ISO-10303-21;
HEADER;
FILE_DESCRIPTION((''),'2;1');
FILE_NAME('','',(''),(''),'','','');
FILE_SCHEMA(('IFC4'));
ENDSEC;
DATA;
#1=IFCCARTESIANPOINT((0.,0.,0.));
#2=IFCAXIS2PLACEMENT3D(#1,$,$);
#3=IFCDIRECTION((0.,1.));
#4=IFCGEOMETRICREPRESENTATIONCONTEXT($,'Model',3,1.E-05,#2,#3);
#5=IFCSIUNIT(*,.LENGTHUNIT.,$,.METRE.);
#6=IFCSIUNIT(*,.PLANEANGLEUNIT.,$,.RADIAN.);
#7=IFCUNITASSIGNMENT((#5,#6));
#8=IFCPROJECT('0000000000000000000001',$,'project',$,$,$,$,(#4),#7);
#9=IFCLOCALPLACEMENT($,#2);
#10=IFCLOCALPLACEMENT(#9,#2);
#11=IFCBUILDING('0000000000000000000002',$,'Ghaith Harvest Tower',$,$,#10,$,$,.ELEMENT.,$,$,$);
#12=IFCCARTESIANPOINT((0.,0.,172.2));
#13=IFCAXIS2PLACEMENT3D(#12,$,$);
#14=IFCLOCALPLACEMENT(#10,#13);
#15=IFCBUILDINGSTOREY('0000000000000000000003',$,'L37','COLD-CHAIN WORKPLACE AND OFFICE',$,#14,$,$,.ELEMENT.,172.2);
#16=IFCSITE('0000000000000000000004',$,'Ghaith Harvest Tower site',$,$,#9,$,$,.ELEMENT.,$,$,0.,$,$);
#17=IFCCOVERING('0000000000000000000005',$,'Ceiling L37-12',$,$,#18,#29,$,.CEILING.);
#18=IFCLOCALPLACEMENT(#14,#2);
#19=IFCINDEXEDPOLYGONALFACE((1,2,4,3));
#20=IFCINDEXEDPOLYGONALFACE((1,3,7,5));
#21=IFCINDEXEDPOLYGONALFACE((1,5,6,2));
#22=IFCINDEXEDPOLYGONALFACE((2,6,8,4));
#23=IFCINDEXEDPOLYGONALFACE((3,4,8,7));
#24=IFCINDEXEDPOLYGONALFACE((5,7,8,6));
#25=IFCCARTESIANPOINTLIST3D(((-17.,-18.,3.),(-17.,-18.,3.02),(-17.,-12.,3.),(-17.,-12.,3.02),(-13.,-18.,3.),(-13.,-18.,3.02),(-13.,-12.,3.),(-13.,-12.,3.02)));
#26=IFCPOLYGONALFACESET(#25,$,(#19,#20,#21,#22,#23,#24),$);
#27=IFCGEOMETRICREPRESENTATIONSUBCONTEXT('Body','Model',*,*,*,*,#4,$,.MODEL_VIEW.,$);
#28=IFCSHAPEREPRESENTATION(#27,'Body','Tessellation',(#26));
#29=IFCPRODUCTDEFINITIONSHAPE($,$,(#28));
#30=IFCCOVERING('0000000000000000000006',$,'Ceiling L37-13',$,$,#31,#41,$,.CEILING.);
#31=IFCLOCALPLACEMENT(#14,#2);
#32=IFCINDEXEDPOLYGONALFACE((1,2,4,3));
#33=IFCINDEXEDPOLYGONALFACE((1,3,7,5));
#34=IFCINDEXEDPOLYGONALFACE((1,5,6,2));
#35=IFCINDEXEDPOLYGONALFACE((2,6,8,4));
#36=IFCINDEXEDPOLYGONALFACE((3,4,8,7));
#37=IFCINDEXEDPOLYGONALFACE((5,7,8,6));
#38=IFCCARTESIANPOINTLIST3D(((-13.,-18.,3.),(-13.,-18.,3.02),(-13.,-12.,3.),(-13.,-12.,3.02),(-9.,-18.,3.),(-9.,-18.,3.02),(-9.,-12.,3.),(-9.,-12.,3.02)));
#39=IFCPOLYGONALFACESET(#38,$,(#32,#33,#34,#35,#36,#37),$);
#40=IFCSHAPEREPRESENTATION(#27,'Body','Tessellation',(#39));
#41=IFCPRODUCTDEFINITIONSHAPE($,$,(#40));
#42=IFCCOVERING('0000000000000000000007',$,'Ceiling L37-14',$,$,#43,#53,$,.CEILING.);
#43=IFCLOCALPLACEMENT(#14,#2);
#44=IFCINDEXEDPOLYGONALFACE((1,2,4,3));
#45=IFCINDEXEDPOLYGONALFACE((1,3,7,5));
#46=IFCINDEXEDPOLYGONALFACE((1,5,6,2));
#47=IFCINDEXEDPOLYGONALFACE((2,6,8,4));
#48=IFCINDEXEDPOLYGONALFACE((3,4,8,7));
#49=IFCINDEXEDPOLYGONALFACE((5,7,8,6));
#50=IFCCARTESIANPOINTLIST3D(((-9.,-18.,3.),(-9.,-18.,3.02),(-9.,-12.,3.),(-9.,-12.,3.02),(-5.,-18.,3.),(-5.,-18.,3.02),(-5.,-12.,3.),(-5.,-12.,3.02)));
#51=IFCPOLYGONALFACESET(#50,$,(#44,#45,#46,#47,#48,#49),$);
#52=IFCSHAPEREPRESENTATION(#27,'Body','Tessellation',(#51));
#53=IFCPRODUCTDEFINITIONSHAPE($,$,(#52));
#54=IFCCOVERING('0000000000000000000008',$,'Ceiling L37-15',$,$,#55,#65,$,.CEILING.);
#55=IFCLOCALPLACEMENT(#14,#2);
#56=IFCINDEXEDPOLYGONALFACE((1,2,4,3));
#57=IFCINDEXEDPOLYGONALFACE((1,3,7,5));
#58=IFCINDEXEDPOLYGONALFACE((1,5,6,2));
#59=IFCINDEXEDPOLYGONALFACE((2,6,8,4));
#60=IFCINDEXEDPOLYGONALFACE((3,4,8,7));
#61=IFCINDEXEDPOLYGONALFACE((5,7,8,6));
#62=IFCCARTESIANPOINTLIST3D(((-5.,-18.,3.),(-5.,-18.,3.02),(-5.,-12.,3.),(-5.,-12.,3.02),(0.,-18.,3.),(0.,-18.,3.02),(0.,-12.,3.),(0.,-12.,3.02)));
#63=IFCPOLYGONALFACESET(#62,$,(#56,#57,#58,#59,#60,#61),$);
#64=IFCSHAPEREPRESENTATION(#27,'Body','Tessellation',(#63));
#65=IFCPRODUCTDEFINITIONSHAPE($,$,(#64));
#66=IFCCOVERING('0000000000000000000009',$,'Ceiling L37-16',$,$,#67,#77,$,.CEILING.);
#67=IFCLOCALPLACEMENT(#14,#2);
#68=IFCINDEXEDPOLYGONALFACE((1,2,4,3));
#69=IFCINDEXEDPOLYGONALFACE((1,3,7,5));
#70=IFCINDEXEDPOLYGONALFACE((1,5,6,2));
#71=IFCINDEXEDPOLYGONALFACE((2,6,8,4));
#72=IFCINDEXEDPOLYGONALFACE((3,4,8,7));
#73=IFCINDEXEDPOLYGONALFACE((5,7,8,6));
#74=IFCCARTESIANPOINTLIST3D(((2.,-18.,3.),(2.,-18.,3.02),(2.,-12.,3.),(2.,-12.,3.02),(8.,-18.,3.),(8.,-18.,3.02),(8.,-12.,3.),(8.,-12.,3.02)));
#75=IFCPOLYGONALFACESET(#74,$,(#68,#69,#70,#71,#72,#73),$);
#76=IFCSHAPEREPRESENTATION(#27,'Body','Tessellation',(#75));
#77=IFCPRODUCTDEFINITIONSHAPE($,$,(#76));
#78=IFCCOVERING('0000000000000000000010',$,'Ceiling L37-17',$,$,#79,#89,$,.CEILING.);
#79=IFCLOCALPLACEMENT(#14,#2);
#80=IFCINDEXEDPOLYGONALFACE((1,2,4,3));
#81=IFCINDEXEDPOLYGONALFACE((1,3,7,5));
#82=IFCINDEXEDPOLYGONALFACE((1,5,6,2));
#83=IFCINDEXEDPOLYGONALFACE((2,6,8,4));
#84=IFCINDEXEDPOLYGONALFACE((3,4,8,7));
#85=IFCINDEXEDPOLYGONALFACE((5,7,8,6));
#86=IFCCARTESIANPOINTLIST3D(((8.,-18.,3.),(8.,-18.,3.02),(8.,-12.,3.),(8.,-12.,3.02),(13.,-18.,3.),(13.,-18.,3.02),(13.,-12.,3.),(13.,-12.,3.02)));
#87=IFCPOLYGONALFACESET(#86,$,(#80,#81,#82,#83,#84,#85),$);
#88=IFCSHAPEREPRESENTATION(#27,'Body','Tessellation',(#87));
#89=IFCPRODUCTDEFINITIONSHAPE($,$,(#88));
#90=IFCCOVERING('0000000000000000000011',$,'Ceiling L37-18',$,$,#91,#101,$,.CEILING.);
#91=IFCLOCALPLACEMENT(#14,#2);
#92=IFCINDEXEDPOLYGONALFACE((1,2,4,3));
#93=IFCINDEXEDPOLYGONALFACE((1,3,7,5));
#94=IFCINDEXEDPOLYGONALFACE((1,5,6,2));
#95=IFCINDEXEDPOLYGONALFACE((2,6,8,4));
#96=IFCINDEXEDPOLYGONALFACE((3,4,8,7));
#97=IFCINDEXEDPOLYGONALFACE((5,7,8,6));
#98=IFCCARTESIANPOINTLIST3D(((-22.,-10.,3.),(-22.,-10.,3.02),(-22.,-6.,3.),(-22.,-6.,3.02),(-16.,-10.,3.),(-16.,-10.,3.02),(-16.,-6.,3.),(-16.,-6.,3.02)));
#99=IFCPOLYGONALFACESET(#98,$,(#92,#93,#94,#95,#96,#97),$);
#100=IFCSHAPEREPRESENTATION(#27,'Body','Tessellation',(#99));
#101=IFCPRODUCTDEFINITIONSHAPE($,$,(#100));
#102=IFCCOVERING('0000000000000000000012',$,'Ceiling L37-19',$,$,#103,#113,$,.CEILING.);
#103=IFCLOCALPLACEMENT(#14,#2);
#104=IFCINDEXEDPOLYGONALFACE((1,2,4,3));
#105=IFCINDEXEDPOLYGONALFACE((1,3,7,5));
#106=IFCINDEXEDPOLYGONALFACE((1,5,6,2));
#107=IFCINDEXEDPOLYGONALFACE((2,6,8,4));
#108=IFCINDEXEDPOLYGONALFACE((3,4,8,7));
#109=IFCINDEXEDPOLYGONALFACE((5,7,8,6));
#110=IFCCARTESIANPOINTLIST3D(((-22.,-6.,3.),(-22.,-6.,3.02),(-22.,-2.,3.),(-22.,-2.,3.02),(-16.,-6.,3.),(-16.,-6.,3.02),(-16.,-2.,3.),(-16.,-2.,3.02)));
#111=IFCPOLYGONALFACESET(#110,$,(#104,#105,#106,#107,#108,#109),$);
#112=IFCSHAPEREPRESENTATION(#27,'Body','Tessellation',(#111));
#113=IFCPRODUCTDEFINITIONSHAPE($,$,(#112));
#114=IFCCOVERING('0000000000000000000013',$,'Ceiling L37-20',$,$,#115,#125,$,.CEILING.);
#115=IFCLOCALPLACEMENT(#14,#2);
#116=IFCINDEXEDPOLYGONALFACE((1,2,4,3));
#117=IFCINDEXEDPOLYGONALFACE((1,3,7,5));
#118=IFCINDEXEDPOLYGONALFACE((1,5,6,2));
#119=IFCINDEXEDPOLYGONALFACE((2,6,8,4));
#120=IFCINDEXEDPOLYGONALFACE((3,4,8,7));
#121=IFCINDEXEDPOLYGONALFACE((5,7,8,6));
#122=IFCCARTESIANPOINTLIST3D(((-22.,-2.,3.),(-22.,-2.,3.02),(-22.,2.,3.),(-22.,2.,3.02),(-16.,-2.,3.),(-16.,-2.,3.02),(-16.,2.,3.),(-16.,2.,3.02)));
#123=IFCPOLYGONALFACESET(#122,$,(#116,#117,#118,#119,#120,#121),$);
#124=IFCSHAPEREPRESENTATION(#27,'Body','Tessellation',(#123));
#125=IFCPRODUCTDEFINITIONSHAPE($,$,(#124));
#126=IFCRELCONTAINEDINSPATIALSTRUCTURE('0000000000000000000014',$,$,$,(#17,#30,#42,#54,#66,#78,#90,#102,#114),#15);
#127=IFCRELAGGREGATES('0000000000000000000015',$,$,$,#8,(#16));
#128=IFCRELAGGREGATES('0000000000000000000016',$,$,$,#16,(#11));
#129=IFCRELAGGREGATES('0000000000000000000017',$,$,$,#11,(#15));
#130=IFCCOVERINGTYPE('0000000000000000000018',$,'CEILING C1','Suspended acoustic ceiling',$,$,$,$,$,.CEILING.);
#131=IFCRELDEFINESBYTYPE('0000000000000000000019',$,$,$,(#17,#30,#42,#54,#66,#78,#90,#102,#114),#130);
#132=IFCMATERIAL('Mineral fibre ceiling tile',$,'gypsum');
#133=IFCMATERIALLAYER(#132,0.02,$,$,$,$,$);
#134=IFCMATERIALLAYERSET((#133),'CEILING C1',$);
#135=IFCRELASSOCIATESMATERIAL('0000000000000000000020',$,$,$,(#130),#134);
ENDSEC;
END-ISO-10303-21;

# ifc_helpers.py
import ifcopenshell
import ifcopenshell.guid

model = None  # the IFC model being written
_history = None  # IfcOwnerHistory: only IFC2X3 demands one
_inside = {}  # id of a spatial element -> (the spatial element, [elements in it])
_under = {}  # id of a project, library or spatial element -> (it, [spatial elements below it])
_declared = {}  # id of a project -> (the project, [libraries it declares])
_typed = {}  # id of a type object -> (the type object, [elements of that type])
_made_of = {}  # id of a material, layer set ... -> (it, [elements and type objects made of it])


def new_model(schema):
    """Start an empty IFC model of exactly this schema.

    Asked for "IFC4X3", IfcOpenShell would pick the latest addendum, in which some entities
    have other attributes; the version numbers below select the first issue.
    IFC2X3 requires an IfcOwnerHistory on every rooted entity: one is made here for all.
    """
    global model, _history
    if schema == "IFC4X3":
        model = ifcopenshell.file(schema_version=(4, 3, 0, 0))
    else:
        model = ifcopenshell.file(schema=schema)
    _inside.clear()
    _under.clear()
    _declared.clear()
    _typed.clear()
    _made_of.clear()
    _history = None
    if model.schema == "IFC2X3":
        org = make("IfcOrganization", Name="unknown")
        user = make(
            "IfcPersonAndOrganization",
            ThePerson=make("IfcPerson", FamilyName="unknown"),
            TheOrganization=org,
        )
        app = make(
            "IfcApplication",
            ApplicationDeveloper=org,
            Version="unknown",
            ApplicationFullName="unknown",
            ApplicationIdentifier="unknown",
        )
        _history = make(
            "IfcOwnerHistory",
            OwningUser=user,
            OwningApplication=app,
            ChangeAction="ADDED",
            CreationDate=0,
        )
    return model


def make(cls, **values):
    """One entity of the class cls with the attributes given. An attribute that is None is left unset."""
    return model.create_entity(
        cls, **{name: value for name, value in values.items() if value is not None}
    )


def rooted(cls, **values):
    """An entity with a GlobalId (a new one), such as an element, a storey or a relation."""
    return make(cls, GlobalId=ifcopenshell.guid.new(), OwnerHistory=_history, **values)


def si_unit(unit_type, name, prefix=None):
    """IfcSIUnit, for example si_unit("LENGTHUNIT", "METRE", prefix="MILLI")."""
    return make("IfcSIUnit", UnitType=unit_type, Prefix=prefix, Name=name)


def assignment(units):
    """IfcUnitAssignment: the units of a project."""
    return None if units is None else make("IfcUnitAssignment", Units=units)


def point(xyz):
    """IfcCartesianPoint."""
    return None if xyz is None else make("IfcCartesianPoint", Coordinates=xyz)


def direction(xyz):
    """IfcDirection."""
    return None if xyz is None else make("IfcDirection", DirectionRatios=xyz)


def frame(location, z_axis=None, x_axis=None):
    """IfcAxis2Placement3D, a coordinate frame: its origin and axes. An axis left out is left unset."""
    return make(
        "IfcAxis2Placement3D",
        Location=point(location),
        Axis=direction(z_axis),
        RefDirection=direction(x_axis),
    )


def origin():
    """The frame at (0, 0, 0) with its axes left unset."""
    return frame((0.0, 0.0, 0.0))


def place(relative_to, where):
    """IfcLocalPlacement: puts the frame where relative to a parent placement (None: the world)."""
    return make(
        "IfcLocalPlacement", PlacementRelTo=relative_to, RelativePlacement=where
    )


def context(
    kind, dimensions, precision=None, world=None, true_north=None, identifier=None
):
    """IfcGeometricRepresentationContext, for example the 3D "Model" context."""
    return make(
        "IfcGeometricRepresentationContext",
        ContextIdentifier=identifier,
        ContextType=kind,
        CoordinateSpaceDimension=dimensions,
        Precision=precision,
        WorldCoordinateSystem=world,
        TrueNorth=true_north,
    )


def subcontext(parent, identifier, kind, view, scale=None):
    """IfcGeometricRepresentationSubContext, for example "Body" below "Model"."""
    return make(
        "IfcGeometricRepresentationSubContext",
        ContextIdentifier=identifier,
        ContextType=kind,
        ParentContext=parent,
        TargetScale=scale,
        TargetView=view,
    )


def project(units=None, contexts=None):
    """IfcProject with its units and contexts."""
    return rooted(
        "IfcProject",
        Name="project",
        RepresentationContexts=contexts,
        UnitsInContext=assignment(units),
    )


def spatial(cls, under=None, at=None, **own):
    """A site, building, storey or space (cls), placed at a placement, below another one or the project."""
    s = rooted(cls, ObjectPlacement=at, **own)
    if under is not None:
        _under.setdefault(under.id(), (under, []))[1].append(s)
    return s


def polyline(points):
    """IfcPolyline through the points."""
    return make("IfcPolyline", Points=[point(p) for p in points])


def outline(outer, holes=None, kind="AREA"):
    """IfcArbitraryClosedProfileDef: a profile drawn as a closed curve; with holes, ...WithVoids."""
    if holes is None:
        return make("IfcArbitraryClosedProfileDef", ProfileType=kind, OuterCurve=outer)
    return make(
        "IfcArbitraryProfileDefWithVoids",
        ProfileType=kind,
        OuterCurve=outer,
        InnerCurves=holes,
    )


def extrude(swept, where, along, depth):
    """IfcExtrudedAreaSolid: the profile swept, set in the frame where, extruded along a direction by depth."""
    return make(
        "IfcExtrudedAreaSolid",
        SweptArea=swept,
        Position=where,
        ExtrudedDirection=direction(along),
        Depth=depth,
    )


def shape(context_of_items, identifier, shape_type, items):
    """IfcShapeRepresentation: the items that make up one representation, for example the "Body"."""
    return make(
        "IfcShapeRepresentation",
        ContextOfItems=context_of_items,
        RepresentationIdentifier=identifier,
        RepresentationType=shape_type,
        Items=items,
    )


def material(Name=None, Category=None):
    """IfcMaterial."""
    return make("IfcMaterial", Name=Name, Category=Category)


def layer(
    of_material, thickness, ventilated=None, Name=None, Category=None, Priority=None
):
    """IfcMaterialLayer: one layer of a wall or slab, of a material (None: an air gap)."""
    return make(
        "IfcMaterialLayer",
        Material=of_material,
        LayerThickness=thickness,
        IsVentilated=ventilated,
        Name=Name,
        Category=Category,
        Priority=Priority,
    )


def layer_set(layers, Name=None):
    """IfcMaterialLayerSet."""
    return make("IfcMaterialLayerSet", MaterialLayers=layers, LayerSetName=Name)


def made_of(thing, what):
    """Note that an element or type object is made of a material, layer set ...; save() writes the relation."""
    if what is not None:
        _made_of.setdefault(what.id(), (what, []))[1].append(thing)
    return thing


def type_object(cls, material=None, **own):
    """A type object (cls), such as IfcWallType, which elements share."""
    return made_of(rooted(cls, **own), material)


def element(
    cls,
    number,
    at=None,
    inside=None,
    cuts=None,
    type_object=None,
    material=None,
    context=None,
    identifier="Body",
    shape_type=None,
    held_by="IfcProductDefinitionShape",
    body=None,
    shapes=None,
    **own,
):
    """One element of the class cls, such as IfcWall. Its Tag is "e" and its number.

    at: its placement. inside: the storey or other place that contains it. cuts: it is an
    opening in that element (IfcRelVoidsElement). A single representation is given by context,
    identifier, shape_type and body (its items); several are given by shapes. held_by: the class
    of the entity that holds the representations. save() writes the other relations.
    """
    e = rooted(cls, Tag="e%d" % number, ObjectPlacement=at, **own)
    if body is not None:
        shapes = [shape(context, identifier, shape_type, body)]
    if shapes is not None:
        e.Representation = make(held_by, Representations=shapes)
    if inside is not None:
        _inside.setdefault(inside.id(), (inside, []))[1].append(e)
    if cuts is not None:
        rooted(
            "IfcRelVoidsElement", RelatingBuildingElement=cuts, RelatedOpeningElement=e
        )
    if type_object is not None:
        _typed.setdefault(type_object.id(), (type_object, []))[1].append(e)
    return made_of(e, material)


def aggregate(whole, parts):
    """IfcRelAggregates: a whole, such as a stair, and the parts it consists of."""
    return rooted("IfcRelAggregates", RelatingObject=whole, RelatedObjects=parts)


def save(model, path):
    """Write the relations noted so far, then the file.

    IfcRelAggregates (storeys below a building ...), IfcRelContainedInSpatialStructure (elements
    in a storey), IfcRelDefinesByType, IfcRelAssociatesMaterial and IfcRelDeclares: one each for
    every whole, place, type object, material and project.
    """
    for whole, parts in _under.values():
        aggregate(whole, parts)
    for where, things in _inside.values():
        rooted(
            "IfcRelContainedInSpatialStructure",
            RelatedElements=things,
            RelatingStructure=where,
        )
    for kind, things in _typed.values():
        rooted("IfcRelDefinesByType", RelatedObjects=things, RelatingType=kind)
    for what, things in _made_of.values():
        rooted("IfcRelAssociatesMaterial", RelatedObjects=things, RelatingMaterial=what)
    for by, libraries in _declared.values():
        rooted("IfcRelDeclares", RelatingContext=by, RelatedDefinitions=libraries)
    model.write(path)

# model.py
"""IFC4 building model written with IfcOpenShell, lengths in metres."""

from ifc_helpers import new_model, si_unit, direction, frame, origin, place, context, subcontext, project, spatial, polyline, outline, extrude, material, layer, layer_set, type_object, element, save


model = new_model("IFC4")

# Units and contexts
model_context = context("Model", 3, precision=1e-05, world=origin(), true_north=direction((0.0, 1.0)))
body_context = subcontext(model_context, "Body", "Model", "MODEL_VIEW")
ifc_project = project(units=[si_unit("LENGTHUNIT", "METRE"), si_unit("PLANEANGLEUNIT", "RADIAN")], contexts=[model_context])

# Site, building, storey
site_placement = place(None, origin())
site = spatial("IfcSite", under=ifc_project, at=site_placement, Name="Ghaith Harvest Tower site", CompositionType="ELEMENT", RefElevation=0.0)
building_placement = place(site_placement, origin())
building = spatial("IfcBuilding", under=site, at=building_placement, Name="Ghaith Harvest Tower", CompositionType="ELEMENT")
storey_placement = place(building_placement, frame((0.0, 0.0, 172.2)))
storey = spatial("IfcBuildingStorey", under=building, at=storey_placement, Name="L37", Description="COLD-CHAIN WORKPLACE AND OFFICE", CompositionType="ELEMENT", Elevation=172.2)

# Coverings
ifc_material_1 = material(Name="Mineral fibre ceiling tile", Category="gypsum")
ifc_layer_1 = layer(ifc_material_1, 0.02)
ifc_layer_set_1 = layer_set([ifc_layer_1], Name="CEILING C1")
covering_type = type_object("IfcCoveringType", Name="CEILING C1", Description="Suspended acoustic ceiling", PredefinedType="CEILING", material=ifc_layer_set_1)
covering_1_placement = place(storey_placement, frame((0.0, 0.0, 3.0)))
element("IfcCovering", 1, at=covering_1_placement, inside=storey, type_object=covering_type, Name="Ceiling L37-12", PredefinedType="CEILING", context=body_context, shape_type="SweptSolid", body=[
    extrude(outline(polyline([(-17.0, -18.0), (-13.0, -18.0), (-13.0, -12.0), (-17.0, -12.0), (-17.0, -18.0)])), origin(), (0.0, 0.0, 1.0), 0.02),
])
covering_2_placement = place(storey_placement, frame((0.0, 0.0, 3.0)))
element("IfcCovering", 2, at=covering_2_placement, inside=storey, type_object=covering_type, Name="Ceiling L37-13", PredefinedType="CEILING", context=body_context, shape_type="SweptSolid", body=[
    extrude(outline(polyline([(-13.0, -18.0), (-9.0, -18.0), (-9.0, -12.0), (-13.0, -12.0), (-13.0, -18.0)])), origin(), (0.0, 0.0, 1.0), 0.02),
])
covering_3_placement = place(storey_placement, frame((0.0, 0.0, 3.0)))
element("IfcCovering", 3, at=covering_3_placement, inside=storey, type_object=covering_type, Name="Ceiling L37-14", PredefinedType="CEILING", context=body_context, shape_type="SweptSolid", body=[
    extrude(outline(polyline([(-9.0, -18.0), (-5.0, -18.0), (-5.0, -12.0), (-9.0, -12.0), (-9.0, -18.0)])), origin(), (0.0, 0.0, 1.0), 0.02),
])
covering_4_placement = place(storey_placement, frame((0.0, 0.0, 3.0)))
element("IfcCovering", 4, at=covering_4_placement, inside=storey, type_object=covering_type, Name="Ceiling L37-15", PredefinedType="CEILING", context=body_context, shape_type="SweptSolid", body=[
    extrude(outline(polyline([(-5.0, -18.0), (0.0, -18.0), (0.0, -12.0), (-5.0, -12.0), (-5.0, -18.0)])), origin(), (0.0, 0.0, 1.0), 0.02),
])
covering_5_placement = place(storey_placement, frame((0.0, 0.0, 3.0)))
element("IfcCovering", 5, at=covering_5_placement, inside=storey, type_object=covering_type, Name="Ceiling L37-16", PredefinedType="CEILING", context=body_context, shape_type="SweptSolid", body=[
    extrude(outline(polyline([(2.0, -18.0), (8.0, -18.0), (8.0, -12.0), (2.0, -12.0), (2.0, -18.0)])), origin(), (0.0, 0.0, 1.0), 0.02),
])
covering_6_placement = place(storey_placement, frame((0.0, 0.0, 3.0)))
element("IfcCovering", 6, at=covering_6_placement, inside=storey, type_object=covering_type, Name="Ceiling L37-17", PredefinedType="CEILING", context=body_context, shape_type="SweptSolid", body=[
    extrude(outline(polyline([(8.0, -18.0), (13.0, -18.0), (13.0, -12.0), (8.0, -12.0), (8.0, -18.0)])), origin(), (0.0, 0.0, 1.0), 0.02),
])
covering_7_placement = place(storey_placement, frame((0.0, 0.0, 3.0)))
element("IfcCovering", 7, at=covering_7_placement, inside=storey, type_object=covering_type, Name="Ceiling L37-18", PredefinedType="CEILING", context=body_context, shape_type="SweptSolid", body=[
    extrude(outline(polyline([(-22.0, -10.0), (-16.0, -10.0), (-16.0, -6.0), (-22.0, -6.0), (-22.0, -10.0)])), origin(), (0.0, 0.0, 1.0), 0.02),
])
covering_8_placement = place(storey_placement, frame((0.0, 0.0, 3.0)))
element("IfcCovering", 8, at=covering_8_placement, inside=storey, type_object=covering_type, Name="Ceiling L37-19", PredefinedType="CEILING", context=body_context, shape_type="SweptSolid", body=[
    extrude(outline(polyline([(-22.0, -6.0), (-16.0, -6.0), (-16.0, -2.0), (-22.0, -2.0), (-22.0, -6.0)])), origin(), (0.0, 0.0, 1.0), 0.02),
])
covering_9_placement = place(storey_placement, frame((0.0, 0.0, 3.0)))
element("IfcCovering", 9, at=covering_9_placement, inside=storey, type_object=covering_type, Name="Ceiling L37-20", PredefinedType="CEILING", context=body_context, shape_type="SweptSolid", body=[
    extrude(outline(polyline([(-22.0, -2.0), (-16.0, -2.0), (-16.0, 2.0), (-22.0, 2.0), (-22.0, -2.0)])), origin(), (0.0, 0.0, 1.0), 0.02),
])

save(model, "model.ifc")
